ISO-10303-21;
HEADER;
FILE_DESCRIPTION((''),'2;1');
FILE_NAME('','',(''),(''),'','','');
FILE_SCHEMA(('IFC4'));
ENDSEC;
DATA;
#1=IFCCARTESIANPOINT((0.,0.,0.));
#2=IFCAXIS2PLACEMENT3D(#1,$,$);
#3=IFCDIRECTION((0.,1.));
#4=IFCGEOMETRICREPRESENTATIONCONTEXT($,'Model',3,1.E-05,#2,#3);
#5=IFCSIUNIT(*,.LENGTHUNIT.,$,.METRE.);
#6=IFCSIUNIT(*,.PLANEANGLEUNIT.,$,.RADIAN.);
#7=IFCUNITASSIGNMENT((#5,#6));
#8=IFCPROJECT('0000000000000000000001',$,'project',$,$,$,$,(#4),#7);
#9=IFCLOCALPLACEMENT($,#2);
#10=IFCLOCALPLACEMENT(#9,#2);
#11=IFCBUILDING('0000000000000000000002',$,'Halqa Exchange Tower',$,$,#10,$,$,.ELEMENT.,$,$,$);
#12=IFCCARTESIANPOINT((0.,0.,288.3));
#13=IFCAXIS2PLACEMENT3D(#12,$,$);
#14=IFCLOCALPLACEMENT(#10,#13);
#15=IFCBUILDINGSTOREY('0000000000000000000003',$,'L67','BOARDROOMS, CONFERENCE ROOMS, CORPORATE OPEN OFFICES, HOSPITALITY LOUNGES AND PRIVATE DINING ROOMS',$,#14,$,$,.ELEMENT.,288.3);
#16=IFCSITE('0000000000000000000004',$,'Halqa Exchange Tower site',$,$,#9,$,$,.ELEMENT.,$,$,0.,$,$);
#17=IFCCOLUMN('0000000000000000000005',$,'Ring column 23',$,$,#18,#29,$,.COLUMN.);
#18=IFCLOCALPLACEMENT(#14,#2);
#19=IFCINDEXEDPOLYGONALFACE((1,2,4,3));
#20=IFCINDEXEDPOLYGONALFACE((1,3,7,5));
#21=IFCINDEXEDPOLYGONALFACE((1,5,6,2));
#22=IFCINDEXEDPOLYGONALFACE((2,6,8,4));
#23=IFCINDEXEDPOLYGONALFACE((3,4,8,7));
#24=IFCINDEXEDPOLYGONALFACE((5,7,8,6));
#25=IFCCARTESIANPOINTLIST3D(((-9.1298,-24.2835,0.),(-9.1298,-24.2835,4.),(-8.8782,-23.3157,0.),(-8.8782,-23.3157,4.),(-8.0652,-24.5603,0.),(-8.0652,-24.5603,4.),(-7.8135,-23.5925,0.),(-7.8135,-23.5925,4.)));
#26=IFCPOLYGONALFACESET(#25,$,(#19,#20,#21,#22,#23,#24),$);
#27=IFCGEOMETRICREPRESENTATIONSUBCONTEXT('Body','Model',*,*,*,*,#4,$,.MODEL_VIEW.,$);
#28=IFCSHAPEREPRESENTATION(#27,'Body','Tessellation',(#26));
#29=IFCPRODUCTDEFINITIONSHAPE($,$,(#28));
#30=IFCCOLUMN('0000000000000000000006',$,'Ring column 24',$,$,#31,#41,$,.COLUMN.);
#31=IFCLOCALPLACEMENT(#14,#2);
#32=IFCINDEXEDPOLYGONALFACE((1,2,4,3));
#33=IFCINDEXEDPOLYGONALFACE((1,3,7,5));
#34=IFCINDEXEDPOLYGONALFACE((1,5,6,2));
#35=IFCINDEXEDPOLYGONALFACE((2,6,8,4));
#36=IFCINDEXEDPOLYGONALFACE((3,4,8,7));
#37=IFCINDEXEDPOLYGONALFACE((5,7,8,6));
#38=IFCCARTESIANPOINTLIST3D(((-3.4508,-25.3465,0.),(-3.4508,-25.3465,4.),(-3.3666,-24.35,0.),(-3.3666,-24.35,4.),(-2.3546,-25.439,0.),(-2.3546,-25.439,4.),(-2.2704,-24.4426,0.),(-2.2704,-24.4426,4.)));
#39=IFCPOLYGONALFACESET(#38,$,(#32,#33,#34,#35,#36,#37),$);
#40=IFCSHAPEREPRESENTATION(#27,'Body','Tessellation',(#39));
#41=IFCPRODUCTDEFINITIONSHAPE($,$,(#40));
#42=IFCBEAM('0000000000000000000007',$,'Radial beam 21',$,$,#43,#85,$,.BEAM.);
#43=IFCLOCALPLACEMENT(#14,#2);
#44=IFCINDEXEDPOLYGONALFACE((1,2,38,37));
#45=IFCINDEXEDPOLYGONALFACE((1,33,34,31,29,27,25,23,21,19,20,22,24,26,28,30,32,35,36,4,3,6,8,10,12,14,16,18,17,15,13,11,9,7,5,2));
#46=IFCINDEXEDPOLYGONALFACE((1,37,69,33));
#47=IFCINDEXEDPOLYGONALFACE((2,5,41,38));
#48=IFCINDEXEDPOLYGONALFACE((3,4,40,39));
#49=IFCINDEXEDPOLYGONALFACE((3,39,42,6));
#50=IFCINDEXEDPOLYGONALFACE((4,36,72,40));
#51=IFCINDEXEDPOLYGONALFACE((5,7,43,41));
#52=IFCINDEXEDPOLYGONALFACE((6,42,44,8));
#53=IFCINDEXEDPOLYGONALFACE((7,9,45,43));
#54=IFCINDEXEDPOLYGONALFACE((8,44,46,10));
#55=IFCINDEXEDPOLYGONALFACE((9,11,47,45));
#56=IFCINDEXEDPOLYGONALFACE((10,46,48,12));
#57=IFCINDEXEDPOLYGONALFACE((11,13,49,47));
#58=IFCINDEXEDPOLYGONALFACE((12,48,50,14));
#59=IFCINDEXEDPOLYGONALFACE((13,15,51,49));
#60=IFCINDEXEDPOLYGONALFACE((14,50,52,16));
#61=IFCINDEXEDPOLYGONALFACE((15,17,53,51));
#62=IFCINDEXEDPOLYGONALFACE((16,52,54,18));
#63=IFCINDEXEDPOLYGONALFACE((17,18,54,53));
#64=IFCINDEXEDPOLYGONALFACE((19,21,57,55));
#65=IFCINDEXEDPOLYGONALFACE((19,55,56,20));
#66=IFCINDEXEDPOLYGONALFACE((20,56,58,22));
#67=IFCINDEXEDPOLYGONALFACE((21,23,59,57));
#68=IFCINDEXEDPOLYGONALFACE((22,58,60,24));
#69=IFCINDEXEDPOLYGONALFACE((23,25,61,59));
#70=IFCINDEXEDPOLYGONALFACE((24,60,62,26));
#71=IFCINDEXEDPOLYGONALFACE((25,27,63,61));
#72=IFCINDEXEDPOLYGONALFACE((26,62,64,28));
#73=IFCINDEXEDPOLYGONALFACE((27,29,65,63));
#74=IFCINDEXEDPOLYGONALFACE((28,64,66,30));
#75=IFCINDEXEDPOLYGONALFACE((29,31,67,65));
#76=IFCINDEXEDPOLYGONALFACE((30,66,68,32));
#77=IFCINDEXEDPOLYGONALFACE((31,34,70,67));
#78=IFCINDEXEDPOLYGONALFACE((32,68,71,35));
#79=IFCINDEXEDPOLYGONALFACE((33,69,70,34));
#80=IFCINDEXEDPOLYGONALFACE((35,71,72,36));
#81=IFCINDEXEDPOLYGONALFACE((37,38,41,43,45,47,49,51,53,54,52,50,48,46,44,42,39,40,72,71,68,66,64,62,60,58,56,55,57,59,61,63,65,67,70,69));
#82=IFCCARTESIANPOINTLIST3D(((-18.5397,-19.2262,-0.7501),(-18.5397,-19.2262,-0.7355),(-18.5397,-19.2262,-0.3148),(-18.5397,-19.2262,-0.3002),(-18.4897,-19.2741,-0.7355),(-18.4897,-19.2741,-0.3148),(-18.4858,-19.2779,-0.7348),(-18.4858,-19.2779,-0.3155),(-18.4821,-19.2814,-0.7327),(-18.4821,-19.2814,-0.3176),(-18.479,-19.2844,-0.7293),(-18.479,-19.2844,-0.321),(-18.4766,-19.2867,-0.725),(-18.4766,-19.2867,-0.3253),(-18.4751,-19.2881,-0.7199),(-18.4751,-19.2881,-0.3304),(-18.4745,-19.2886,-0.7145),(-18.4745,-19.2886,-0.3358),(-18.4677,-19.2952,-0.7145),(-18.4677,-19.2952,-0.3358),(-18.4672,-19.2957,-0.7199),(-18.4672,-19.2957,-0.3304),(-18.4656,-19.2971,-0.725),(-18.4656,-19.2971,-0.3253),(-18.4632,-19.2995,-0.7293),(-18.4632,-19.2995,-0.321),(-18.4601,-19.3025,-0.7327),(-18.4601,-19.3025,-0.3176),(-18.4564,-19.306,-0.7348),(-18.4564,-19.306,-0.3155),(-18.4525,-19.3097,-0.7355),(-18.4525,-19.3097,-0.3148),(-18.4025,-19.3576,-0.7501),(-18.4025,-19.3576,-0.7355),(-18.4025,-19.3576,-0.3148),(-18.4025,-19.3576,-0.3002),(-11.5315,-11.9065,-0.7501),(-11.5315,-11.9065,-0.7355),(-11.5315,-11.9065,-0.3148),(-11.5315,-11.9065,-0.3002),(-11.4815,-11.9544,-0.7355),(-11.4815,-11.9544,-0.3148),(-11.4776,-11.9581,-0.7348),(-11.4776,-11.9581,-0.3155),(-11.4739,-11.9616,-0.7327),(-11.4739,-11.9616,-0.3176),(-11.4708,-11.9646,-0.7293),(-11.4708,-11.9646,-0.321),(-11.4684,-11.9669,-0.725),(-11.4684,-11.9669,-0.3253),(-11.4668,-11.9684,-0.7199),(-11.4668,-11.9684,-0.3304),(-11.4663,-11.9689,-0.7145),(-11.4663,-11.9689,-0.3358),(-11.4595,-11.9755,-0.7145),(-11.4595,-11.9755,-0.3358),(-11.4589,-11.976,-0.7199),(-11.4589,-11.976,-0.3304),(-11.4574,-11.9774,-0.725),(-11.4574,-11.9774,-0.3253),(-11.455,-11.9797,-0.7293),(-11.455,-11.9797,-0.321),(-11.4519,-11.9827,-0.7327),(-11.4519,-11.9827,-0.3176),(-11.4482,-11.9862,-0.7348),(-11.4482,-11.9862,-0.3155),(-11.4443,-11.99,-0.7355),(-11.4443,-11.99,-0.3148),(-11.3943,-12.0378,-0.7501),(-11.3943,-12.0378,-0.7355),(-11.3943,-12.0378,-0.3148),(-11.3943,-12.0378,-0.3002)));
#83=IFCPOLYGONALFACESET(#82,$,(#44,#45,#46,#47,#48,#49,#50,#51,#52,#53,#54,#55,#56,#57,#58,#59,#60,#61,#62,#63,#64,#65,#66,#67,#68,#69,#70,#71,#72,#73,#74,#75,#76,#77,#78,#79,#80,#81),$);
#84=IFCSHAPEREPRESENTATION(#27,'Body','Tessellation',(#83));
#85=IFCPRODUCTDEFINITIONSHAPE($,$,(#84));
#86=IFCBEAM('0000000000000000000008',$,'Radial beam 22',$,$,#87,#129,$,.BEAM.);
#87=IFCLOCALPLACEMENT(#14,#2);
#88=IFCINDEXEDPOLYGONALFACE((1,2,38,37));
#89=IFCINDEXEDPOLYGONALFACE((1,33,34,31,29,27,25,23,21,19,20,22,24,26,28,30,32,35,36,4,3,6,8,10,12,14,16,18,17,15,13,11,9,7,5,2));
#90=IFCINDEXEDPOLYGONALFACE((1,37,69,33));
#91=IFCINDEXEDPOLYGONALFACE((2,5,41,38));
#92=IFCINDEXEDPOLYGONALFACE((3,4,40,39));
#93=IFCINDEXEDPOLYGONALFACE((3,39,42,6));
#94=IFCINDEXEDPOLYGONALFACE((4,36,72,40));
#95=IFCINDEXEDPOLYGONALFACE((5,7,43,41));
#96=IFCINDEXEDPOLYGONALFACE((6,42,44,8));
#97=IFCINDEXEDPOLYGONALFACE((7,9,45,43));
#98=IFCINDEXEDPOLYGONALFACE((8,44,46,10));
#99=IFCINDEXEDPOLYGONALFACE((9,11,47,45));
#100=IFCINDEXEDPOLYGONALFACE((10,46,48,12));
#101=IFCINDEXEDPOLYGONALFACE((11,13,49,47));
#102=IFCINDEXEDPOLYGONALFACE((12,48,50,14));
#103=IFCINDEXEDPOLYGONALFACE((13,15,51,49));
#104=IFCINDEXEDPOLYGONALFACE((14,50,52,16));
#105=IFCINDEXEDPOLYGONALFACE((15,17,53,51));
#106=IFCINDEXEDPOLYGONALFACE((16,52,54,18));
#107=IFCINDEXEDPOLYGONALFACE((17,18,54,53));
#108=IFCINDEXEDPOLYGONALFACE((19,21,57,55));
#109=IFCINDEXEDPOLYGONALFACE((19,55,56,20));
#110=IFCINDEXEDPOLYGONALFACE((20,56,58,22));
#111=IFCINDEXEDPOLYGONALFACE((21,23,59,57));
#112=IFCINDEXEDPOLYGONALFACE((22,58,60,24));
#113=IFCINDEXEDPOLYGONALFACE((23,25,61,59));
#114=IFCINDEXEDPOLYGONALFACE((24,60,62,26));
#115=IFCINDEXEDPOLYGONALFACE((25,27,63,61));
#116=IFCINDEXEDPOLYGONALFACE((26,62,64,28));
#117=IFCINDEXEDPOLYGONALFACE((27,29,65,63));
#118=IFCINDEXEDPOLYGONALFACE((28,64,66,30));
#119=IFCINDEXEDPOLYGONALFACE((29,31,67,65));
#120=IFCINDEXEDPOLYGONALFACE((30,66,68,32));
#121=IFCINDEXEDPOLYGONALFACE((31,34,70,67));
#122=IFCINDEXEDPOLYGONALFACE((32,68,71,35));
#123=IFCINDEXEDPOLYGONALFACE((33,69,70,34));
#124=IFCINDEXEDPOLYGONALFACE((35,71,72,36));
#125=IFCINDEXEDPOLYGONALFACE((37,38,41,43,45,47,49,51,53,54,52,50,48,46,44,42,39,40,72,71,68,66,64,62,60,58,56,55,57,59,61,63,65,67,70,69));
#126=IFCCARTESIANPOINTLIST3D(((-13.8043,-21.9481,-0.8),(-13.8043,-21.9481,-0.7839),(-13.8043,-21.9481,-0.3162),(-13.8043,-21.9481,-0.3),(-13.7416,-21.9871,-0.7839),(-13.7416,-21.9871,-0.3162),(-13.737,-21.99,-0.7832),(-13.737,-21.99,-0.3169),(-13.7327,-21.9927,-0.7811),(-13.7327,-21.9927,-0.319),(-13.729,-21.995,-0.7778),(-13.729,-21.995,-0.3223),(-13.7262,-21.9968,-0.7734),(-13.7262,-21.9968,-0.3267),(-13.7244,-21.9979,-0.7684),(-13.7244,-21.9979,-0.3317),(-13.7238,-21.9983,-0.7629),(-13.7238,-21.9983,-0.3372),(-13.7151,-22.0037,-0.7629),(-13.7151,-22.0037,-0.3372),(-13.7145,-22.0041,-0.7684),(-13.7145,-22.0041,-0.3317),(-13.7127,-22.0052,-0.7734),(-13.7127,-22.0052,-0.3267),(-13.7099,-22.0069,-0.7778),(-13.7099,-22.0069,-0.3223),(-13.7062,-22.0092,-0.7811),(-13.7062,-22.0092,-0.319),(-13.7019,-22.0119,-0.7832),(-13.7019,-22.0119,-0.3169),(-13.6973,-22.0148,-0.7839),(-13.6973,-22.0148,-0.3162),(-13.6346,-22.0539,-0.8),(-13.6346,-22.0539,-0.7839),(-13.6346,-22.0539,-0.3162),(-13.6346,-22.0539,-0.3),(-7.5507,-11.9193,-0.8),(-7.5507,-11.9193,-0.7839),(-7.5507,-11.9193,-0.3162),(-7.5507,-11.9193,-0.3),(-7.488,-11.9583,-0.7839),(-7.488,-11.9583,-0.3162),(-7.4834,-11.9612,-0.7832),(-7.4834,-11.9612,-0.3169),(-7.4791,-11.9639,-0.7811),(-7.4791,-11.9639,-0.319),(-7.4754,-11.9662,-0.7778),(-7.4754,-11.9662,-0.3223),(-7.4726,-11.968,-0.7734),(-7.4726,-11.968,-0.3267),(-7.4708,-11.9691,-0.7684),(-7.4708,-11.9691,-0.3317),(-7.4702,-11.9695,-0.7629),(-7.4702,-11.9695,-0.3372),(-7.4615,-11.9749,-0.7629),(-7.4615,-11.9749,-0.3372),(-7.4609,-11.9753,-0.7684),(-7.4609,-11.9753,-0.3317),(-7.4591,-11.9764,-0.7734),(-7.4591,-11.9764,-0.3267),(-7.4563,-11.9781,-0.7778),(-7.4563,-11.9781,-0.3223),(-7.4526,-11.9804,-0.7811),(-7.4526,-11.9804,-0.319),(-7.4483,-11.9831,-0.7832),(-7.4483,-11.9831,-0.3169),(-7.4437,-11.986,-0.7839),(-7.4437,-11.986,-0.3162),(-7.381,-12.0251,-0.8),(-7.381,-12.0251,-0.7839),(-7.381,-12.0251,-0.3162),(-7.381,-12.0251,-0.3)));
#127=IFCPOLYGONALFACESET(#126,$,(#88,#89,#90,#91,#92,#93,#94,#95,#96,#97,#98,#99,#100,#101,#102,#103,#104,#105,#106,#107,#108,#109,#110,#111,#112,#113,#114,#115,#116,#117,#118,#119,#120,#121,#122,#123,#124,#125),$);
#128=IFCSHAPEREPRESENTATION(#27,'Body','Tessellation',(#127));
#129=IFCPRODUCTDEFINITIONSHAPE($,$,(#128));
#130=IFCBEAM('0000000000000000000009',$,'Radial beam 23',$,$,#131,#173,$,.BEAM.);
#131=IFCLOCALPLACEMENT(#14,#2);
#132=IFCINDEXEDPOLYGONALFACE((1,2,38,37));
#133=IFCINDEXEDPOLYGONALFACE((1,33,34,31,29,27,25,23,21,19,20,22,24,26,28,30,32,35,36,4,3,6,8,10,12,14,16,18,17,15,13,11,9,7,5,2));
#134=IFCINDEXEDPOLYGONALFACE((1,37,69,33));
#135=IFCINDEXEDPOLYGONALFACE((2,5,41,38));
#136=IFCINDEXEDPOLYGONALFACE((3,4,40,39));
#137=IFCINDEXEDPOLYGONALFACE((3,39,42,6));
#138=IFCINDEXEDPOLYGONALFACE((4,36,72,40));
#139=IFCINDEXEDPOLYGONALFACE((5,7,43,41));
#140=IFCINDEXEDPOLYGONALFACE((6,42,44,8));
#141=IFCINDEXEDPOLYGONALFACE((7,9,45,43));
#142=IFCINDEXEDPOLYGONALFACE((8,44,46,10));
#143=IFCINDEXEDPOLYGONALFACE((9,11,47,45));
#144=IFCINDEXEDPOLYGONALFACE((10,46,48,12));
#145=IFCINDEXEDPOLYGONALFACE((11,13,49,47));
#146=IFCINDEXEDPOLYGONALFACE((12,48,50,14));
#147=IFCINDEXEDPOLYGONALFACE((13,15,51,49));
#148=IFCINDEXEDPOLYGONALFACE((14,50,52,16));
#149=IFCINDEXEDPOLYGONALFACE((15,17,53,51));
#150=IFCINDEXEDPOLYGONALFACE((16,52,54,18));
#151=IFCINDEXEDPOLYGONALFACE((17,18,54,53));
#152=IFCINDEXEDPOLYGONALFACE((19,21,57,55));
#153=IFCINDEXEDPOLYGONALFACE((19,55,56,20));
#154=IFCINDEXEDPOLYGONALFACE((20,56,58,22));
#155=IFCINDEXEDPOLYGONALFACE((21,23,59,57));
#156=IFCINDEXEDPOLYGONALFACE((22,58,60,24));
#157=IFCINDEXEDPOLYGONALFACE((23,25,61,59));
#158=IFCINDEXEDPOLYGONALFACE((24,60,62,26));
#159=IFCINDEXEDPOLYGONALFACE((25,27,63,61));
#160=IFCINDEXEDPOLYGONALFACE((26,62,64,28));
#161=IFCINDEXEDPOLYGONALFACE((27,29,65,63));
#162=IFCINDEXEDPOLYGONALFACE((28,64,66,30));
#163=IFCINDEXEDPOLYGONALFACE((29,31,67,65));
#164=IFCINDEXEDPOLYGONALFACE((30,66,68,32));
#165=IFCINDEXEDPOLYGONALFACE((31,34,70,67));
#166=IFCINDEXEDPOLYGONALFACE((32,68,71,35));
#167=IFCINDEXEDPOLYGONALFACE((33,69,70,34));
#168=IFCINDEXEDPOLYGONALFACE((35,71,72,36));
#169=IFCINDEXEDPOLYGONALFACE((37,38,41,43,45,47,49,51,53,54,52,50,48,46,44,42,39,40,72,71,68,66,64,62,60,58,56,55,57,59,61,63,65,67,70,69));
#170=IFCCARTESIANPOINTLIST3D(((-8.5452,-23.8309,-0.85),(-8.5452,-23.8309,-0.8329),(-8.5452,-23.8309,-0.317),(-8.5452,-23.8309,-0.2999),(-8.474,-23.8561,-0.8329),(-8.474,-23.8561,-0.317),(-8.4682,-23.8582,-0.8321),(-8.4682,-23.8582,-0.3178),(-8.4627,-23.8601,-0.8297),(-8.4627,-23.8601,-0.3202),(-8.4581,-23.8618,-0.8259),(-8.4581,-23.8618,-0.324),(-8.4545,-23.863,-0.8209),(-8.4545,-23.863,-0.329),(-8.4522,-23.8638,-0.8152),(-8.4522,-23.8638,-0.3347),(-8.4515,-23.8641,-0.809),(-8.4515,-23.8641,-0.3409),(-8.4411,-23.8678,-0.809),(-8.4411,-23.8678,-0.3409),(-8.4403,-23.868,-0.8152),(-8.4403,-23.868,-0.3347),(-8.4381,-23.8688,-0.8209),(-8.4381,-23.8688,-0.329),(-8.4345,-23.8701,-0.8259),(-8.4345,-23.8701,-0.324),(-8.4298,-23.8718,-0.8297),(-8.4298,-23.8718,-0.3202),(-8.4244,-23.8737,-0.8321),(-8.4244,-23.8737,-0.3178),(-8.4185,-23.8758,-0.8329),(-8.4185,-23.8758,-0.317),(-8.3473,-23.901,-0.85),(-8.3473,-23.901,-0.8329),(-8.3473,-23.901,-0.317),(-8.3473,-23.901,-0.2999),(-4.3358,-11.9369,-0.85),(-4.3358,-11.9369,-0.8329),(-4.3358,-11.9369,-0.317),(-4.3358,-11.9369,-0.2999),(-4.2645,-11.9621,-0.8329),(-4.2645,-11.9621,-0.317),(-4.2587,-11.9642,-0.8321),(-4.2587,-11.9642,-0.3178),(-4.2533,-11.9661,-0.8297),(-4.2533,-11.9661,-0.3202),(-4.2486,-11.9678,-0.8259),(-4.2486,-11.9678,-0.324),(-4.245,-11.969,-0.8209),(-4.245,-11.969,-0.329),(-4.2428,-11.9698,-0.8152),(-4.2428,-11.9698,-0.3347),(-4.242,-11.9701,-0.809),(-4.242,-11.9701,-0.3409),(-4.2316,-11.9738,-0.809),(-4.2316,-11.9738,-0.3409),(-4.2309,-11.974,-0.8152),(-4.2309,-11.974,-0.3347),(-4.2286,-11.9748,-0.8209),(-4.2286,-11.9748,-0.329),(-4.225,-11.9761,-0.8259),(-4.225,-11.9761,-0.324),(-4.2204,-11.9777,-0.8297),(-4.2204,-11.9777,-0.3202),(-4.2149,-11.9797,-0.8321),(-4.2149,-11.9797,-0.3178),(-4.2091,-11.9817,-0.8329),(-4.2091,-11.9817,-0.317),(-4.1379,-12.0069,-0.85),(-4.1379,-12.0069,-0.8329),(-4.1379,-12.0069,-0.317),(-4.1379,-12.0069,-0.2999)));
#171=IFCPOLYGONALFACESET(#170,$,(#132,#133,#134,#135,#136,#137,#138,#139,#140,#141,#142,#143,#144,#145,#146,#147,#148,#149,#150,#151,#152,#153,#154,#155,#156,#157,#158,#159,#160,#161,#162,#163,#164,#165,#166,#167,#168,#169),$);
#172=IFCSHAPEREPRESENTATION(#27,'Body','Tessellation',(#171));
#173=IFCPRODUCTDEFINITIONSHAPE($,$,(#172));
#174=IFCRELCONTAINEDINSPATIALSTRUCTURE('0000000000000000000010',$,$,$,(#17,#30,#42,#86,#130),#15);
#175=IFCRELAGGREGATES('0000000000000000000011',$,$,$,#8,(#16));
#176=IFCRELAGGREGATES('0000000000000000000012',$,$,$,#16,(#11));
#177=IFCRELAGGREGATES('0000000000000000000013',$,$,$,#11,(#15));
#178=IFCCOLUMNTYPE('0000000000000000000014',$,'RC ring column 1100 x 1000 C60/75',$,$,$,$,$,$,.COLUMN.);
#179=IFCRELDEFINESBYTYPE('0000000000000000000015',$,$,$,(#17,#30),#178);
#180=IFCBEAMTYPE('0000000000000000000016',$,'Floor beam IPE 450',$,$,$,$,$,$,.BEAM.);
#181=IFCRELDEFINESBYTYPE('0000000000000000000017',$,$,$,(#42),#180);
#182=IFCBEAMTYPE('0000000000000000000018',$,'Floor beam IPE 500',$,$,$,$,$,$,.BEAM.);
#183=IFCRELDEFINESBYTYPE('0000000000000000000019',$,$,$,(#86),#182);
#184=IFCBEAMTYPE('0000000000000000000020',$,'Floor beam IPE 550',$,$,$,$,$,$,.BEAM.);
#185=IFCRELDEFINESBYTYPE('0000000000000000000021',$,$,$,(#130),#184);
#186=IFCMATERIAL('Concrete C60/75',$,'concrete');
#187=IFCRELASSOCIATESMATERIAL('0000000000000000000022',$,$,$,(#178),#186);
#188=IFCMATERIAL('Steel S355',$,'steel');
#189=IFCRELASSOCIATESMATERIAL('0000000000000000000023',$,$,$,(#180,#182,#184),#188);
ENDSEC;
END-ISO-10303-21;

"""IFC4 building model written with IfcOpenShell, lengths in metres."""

from ifc_helpers import new_model, si_unit, direction, frame, origin, origin_2d, place, context, subcontext, project, spatial, rectangle, i_section, extrude, material, material_profile, profile_set, type_object, element, save


model = new_model("IFC4")

# Units and contexts
model_context = context("Model", 3, precision=1e-05, world=origin(), true_north=direction((0.0, 1.0)))
body_context = subcontext(model_context, "Body", "Model", "MODEL_VIEW")
ifc_project = project(units=[si_unit("LENGTHUNIT", "METRE"), si_unit("PLANEANGLEUNIT", "RADIAN")], contexts=[model_context])

# Site, building, storey
site_placement = place(None, origin())
site = spatial("IfcSite", under=ifc_project, at=site_placement, Name="Halqa Exchange Tower site", CompositionType="ELEMENT", RefElevation=0.0)
building_placement = place(site_placement, origin())
building = spatial("IfcBuilding", under=site, at=building_placement, Name="Halqa Exchange Tower", CompositionType="ELEMENT")
storey_placement = place(building_placement, frame((0.0, 0.0, 288.3)))
storey = spatial("IfcBuildingStorey", under=building, at=storey_placement, Name="L67", Description="BOARDROOMS, CONFERENCE ROOMS, CORPORATE OPEN OFFICES, HOSPITALITY LOUNGES AND PRIVATE DINING ROOMS", CompositionType="ELEMENT", Elevation=288.3)

# Columns
ifc_material_1 = material(Name="Concrete C60/75", Category="concrete")
ifc_material_profile_1 = material_profile(ifc_material_1, rectangle(XDim=1.1001, YDim=1.0, at=origin_2d()), Name="1100 x 1000")
ifc_profile_set_1 = profile_set([ifc_material_profile_1], Name="Concrete C60/75")
column_type = type_object("IfcColumnType", Name="RC ring column 1100 x 1000 C60/75", PredefinedType="COLUMN", material=ifc_profile_set_1)
for number, where, z_axis, x_axis, name in (
    (1, (-8.4717, -23.938, 0.0), (0.0, 0.0, 1.0), (0.967821, -0.251639, 0.0), "Ring column 23"),
    (2, (-2.8606, -24.8945, 0.0), (0.0, 0.0, 1.0), (0.996456, -0.084114, 0.0), "Ring column 24"),
):
    element("IfcColumn", number, at=place(storey_placement, frame(where, z_axis=z_axis, x_axis=x_axis)), inside=storey, type_object=column_type, Name=name, PredefinedType="COLUMN", context=body_context, shape_type="SweptSolid", body=[
        extrude(rectangle(XDim=1.1001, YDim=1.0, at=origin_2d()), origin(), (0.0, 0.0, 1.0), 4.0),
    ])

# Beams
ifc_material_2 = material(Name="Steel S355", Category="steel")
ifc_material_profile_2 = material_profile(ifc_material_2, i_section(OverallWidth=0.1899, OverallDepth=0.45, WebThickness=0.0095, FlangeThickness=0.0146, FilletRadius=0.021, at=origin_2d()), Name="IPE 450")
ifc_profile_set_2 = profile_set([ifc_material_profile_2], Name="Steel S355")
beam_type_1 = type_object("IfcBeamType", Name="Floor beam IPE 450", PredefinedType="BEAM", material=ifc_profile_set_2)
beam_1_placement = place(storey_placement, frame((-11.4629, -11.9722, -0.5251), z_axis=(-0.691569, -0.72231, 0.0), x_axis=(0.72231, -0.691569, 0.0)))
element("IfcBeam", 3, at=beam_1_placement, inside=storey, type_object=beam_type_1, Name="Radial beam 21", PredefinedType="BEAM", context=body_context, shape_type="SweptSolid", body=[
    extrude(i_section(OverallWidth=0.1899, OverallDepth=0.45, WebThickness=0.0095, FlangeThickness=0.0146, FilletRadius=0.021, at=origin_2d()), origin(), (0.0, 0.0, 1.0), 10.1338),
])
ifc_material_profile_3 = material_profile(ifc_material_2, i_section(OverallWidth=0.2, OverallDepth=0.5, WebThickness=0.0103, FlangeThickness=0.0161, FilletRadius=0.021, at=origin_2d()), Name="IPE 500")
ifc_profile_set_3 = profile_set([ifc_material_profile_3], Name="Steel S355")
beam_type_2 = type_object("IfcBeamType", Name="Floor beam IPE 500", PredefinedType="BEAM", material=ifc_profile_set_3)
beam_2_placement = place(storey_placement, frame((-7.4658, -11.9722, -0.55), z_axis=(-0.529126, -0.848543, 0.0), x_axis=(0.848543, -0.529126, 0.0)))
element("IfcBeam", 4, at=beam_2_placement, inside=storey, type_object=beam_type_2, Name="Radial beam 22", PredefinedType="BEAM", context=body_context, shape_type="SweptSolid", body=[
    extrude(i_section(OverallWidth=0.2, OverallDepth=0.5, WebThickness=0.0103, FlangeThickness=0.0161, FilletRadius=0.021, at=origin_2d()), origin(), (0.0, 0.0, 1.0), 11.8188),
])
ifc_material_profile_4 = material_profile(ifc_material_2, i_section(OverallWidth=0.21, OverallDepth=0.55, WebThickness=0.011, FlangeThickness=0.0171, FilletRadius=0.0239, at=origin_2d()), Name="IPE 550")
ifc_profile_set_4 = profile_set([ifc_material_profile_4], Name="Steel S355")
beam_type_3 = type_object("IfcBeamType", Name="Floor beam IPE 550", PredefinedType="BEAM", material=ifc_profile_set_4)
beam_3_placement = place(storey_placement, frame((-4.2368, -11.9719, -0.575), z_axis=(-0.333636, -0.942702, 0.0), x_axis=(0.942702, -0.333636, 0.0)))
element("IfcBeam", 5, at=beam_3_placement, inside=storey, type_object=beam_type_3, Name="Radial beam 23", PredefinedType="BEAM", context=body_context, shape_type="SweptSolid", body=[
    extrude(i_section(OverallWidth=0.21, OverallDepth=0.55, WebThickness=0.011, FlangeThickness=0.0171, FilletRadius=0.0239, at=origin_2d()), origin(), (0.0, 0.0, 1.0), 12.6169),
])

save(model, "model.ifc")
